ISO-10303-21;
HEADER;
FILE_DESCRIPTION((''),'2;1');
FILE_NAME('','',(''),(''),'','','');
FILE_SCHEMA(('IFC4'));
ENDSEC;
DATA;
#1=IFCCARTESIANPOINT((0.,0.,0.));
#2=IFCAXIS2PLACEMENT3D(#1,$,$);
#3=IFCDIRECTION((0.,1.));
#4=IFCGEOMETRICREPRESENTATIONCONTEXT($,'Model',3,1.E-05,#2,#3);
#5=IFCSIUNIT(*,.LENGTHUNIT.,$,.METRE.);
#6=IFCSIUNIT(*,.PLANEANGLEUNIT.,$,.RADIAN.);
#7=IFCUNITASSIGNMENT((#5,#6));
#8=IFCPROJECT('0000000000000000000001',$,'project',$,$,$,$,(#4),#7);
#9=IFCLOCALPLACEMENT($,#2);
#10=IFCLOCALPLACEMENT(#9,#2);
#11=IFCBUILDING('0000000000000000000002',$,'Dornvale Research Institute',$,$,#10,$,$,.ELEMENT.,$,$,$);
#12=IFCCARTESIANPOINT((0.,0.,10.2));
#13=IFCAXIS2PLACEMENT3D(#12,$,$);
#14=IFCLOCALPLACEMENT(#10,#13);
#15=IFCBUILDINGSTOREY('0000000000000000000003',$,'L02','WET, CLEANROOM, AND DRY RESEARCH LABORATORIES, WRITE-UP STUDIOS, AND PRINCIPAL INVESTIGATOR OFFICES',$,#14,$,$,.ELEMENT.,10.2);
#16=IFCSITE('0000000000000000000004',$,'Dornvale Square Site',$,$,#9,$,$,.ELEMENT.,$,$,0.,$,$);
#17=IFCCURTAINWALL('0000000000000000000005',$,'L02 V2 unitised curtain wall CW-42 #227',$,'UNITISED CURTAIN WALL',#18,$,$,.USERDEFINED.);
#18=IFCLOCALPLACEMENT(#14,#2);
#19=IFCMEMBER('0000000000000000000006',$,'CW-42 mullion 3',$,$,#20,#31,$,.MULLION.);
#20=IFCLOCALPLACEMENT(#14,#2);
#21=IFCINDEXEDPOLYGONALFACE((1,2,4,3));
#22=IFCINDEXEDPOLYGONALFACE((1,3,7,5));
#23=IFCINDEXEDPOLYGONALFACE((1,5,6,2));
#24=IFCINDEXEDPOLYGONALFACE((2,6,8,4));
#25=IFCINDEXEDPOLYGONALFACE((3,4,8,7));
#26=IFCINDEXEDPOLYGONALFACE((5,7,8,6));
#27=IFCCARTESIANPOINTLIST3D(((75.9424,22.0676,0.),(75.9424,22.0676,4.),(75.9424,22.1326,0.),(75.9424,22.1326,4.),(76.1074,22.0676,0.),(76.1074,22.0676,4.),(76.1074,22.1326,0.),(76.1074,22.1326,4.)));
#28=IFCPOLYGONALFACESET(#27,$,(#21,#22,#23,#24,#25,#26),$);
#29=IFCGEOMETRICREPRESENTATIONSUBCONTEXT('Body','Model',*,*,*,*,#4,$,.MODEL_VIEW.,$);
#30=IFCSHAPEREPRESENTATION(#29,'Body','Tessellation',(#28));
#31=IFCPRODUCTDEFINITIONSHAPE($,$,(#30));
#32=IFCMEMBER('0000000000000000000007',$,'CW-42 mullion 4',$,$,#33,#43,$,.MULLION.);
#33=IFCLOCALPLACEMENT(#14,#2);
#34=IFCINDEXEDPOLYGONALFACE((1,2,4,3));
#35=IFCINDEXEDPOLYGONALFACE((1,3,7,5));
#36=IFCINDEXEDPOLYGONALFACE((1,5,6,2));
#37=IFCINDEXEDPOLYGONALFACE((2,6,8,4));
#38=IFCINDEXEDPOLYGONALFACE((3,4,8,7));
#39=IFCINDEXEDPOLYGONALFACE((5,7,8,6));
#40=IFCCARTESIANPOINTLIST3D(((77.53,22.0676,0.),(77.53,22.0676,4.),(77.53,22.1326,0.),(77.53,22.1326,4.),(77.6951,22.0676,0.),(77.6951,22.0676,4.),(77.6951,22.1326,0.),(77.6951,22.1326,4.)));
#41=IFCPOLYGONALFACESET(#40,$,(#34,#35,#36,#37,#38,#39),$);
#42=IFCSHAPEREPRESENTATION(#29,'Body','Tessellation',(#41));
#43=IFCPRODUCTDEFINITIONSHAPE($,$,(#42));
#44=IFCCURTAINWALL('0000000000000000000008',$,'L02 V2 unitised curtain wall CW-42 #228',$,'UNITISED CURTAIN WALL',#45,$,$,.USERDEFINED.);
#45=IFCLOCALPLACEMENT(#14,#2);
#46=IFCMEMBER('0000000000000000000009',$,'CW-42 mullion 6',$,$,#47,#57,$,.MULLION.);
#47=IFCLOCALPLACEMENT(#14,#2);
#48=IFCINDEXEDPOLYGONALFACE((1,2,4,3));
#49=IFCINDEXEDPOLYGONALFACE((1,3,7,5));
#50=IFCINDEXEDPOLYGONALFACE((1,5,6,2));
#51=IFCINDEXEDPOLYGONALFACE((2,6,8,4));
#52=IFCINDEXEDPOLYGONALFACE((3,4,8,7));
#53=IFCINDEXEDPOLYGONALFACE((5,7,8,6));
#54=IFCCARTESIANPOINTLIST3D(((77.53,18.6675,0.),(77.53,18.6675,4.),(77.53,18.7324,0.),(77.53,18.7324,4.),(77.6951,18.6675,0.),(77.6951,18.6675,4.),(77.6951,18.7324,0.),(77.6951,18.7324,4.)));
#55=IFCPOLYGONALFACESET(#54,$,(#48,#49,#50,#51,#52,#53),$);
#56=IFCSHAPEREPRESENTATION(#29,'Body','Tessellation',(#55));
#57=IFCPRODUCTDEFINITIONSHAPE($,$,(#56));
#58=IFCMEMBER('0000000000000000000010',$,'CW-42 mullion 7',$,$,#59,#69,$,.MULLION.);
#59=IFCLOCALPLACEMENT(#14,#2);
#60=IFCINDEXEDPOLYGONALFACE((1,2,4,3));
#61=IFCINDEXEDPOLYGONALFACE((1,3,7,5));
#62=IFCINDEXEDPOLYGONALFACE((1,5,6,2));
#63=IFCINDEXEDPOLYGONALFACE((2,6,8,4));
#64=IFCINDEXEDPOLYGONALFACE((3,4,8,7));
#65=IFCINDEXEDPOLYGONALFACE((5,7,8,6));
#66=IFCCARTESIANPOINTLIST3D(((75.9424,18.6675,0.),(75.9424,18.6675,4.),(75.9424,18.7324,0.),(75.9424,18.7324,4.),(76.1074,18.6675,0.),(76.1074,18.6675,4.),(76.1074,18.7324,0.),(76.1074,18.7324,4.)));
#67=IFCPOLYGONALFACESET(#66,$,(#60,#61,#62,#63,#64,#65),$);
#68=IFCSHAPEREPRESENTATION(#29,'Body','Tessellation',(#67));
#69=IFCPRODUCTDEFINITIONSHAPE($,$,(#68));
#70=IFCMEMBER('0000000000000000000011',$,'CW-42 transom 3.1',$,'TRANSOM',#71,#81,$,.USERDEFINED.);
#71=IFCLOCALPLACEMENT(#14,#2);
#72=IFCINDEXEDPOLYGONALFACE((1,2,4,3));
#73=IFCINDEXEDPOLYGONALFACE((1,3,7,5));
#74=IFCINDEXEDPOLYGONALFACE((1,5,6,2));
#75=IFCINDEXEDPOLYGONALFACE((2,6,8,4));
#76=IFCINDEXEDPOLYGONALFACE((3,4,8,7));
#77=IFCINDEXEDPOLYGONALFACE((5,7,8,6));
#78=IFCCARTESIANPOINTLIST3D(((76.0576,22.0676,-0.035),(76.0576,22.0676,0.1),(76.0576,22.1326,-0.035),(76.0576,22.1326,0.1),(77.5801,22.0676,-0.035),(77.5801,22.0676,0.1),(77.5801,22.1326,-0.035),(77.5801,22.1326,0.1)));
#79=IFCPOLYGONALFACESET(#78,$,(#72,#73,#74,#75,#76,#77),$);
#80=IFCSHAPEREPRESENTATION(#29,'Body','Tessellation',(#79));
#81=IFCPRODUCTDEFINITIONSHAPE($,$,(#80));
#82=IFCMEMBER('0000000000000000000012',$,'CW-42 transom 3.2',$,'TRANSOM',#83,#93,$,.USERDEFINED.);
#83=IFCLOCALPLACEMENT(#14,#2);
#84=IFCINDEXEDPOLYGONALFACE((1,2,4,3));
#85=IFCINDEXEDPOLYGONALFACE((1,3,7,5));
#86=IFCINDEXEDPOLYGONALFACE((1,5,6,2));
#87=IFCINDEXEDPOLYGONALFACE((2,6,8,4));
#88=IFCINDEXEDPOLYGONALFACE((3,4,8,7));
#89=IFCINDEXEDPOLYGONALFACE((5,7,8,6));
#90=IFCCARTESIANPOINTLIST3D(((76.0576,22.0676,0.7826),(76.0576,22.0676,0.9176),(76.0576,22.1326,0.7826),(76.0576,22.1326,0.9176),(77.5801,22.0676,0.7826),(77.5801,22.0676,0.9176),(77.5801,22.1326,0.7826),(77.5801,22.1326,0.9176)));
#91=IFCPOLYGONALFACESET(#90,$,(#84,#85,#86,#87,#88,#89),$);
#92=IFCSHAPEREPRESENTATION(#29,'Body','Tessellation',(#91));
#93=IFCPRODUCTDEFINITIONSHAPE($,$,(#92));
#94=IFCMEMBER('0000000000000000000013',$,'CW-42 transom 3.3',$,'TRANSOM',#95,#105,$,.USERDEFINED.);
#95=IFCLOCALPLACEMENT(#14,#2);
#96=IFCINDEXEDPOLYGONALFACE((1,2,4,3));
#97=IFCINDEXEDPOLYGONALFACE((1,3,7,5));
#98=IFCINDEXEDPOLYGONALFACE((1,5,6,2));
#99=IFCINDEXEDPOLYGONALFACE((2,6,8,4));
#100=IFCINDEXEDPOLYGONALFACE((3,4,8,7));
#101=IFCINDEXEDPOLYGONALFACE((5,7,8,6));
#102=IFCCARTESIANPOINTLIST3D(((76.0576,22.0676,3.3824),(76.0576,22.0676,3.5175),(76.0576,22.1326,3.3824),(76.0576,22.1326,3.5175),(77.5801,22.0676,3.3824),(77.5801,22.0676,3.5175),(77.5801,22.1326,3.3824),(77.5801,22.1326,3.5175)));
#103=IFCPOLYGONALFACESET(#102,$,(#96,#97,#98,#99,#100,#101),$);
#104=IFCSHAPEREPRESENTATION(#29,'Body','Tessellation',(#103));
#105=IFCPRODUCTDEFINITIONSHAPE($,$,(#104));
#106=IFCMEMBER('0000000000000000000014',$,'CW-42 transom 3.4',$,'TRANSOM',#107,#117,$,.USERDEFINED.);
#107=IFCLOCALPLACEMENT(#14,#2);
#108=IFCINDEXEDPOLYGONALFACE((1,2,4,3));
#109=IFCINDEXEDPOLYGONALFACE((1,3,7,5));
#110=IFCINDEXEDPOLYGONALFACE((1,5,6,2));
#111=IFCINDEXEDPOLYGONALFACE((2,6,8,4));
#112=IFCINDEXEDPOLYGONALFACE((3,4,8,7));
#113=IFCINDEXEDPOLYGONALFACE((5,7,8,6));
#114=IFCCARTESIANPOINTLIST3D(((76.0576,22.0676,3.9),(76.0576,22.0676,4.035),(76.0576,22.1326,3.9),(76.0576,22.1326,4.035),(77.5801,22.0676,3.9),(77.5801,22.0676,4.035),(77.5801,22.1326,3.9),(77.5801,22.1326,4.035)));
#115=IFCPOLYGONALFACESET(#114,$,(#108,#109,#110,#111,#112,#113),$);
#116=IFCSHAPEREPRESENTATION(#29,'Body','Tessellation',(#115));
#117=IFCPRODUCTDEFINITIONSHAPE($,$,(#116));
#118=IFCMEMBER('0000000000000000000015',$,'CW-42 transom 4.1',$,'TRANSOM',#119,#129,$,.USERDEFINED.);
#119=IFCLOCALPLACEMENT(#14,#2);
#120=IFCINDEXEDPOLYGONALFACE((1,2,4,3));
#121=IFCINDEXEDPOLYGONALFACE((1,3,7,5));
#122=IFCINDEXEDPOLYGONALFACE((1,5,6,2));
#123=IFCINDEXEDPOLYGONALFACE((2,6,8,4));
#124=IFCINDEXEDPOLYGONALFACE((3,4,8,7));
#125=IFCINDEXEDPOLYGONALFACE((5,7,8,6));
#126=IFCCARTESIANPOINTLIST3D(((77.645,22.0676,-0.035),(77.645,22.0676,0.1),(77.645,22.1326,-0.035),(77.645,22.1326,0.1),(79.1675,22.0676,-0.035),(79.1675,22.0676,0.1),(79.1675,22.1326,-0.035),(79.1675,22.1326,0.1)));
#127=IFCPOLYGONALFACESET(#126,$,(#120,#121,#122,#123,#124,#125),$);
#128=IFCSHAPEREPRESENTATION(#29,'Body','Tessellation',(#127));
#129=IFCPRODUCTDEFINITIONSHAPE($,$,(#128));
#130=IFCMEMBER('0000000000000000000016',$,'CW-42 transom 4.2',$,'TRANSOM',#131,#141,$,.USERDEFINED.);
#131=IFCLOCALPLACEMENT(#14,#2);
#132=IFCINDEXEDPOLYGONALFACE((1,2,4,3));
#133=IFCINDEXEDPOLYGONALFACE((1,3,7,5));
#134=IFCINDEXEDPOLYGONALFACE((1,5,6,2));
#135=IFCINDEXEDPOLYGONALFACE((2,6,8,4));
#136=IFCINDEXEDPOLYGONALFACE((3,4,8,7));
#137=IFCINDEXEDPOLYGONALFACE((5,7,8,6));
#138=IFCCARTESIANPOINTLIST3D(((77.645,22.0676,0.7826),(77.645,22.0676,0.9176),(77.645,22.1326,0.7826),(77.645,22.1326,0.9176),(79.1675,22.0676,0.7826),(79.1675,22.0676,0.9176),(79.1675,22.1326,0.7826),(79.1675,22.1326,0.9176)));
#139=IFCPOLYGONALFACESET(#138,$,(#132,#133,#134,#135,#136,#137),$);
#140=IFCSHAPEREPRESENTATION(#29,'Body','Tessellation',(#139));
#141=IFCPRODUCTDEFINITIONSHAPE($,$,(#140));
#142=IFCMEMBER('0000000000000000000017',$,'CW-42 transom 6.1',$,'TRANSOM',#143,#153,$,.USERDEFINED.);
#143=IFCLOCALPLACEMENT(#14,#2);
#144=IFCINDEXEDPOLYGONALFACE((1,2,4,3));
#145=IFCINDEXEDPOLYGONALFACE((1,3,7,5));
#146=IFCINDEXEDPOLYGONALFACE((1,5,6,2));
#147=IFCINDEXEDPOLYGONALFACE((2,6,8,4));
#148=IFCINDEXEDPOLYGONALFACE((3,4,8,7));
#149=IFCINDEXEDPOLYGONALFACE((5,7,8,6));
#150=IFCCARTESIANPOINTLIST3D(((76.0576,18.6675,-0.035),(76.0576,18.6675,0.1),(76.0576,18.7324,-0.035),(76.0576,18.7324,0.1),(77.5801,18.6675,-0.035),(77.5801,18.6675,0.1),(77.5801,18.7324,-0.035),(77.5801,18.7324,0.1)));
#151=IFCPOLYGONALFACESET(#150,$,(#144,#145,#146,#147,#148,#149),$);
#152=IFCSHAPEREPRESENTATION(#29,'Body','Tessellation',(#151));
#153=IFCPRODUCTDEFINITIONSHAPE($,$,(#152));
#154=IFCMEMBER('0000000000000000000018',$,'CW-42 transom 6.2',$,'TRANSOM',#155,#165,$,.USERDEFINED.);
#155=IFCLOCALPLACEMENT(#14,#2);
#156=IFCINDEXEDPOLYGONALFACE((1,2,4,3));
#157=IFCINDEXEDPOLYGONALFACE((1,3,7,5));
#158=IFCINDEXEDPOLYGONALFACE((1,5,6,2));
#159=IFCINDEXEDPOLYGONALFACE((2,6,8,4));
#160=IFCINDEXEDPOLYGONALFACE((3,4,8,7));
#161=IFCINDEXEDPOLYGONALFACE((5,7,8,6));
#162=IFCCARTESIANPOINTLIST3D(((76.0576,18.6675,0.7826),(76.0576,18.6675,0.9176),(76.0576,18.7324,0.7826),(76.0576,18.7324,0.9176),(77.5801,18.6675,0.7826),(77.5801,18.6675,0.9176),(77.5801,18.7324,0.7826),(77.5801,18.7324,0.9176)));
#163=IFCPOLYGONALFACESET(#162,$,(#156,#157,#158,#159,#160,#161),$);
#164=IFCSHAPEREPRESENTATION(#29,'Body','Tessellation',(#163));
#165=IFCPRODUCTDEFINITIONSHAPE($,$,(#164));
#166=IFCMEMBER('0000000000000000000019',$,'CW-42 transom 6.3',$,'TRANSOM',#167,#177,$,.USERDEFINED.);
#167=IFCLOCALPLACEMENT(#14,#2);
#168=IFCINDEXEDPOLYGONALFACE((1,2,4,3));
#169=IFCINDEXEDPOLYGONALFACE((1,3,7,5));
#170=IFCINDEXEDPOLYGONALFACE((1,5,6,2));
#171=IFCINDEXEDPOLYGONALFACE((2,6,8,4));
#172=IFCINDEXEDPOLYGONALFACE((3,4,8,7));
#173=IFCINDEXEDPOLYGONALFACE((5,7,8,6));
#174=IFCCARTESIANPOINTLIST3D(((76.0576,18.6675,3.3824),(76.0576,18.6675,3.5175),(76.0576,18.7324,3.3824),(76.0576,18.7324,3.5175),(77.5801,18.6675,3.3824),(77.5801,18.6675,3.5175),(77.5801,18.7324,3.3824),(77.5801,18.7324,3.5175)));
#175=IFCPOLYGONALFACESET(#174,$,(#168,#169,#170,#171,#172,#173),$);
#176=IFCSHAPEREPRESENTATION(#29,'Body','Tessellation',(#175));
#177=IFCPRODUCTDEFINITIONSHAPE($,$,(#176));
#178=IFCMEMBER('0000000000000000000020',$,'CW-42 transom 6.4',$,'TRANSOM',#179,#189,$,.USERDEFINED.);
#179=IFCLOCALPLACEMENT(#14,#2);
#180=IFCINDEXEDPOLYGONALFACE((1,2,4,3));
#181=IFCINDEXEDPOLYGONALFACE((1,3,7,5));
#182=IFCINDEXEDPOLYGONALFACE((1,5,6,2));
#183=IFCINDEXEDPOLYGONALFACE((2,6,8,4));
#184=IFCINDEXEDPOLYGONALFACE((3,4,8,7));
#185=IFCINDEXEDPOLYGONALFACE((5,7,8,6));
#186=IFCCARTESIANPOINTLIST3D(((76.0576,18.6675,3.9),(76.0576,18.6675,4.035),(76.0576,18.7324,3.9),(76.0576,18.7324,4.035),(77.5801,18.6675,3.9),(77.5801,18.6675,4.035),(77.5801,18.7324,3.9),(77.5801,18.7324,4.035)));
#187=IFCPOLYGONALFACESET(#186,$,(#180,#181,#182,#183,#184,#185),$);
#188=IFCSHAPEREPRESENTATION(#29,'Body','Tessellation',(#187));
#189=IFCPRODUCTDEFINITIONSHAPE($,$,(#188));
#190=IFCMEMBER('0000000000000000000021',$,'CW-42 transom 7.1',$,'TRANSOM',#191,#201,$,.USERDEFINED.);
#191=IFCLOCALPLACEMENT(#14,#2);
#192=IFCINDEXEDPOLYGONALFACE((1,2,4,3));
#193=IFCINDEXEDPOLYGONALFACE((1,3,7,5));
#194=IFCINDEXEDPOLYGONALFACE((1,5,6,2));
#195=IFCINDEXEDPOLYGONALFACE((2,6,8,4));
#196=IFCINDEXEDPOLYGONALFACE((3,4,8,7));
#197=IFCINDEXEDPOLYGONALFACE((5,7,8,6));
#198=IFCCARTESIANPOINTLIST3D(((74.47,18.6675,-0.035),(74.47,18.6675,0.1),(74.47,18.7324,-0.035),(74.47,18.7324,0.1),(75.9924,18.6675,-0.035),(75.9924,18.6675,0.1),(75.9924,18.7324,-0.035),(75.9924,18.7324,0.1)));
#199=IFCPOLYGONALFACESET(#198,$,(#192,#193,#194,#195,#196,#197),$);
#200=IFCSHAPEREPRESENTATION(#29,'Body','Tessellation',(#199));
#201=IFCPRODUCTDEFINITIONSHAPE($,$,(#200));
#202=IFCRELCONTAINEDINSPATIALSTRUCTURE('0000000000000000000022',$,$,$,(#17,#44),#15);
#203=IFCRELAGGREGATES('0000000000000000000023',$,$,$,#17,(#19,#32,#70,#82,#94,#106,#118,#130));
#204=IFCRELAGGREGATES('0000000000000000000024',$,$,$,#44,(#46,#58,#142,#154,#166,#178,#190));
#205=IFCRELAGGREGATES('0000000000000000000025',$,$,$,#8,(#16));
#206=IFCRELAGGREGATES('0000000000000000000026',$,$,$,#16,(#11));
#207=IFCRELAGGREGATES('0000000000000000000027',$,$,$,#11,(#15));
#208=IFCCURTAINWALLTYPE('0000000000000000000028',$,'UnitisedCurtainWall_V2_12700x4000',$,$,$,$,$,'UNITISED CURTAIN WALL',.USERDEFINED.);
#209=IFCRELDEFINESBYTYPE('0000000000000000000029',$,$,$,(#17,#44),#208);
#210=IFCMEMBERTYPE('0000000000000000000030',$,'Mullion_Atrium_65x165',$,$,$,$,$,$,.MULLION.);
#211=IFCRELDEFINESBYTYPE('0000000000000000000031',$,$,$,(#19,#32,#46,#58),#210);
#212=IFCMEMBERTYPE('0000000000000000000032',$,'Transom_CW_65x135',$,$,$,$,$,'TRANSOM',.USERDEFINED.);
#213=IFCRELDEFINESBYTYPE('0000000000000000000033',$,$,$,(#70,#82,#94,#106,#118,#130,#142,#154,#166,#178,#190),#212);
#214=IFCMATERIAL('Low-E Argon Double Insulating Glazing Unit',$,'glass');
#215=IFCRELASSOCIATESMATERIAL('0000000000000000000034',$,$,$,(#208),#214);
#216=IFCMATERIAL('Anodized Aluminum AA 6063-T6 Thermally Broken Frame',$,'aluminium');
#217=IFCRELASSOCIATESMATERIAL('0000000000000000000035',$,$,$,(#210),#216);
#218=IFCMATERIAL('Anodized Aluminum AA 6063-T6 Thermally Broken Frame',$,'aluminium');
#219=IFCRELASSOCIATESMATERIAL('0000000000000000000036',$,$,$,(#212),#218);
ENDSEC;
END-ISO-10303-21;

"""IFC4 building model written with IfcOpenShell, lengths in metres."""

from ifc_helpers import new_model, si_unit, direction, frame, origin, origin_2d, place, context, subcontext, project, spatial, rectangle, extrude, material, material_profile, profile_set, type_object, element, aggregate, save


model = new_model("IFC4")

# Units and contexts
model_context = context("Model", 3, precision=1e-05, world=origin(), true_north=direction((0.0, 1.0)))
body_context = subcontext(model_context, "Body", "Model", "MODEL_VIEW")
ifc_project = project(units=[si_unit("LENGTHUNIT", "METRE"), si_unit("PLANEANGLEUNIT", "RADIAN")], contexts=[model_context])

# Site, building, storey
site_placement = place(None, origin())
site = spatial("IfcSite", under=ifc_project, at=site_placement, Name="Dornvale Square Site", CompositionType="ELEMENT", RefElevation=0.0)
building_placement = place(site_placement, origin())
building = spatial("IfcBuilding", under=site, at=building_placement, Name="Dornvale Research Institute", CompositionType="ELEMENT")
storey_placement = place(building_placement, frame((0.0, 0.0, 10.2)))
storey = spatial("IfcBuildingStorey", under=building, at=storey_placement, Name="L02", Description="WET, CLEANROOM, AND DRY RESEARCH LABORATORIES, WRITE-UP STUDIOS, AND PRINCIPAL INVESTIGATOR OFFICES", CompositionType="ELEMENT", Elevation=10.2)

# Curtain walls, members
ifc_material_1 = material(Name="Low-E Argon Double Insulating Glazing Unit", Category="glass")
curtain_wall_type = type_object("IfcCurtainWallType", Name="UnitisedCurtainWall_V2_12700x4000", ElementType="UNITISED CURTAIN WALL", PredefinedType="USERDEFINED", material=ifc_material_1)
curtain_wall_1_placement = place(storey_placement, origin())
curtain_wall_1 = element("IfcCurtainWall", 1, at=curtain_wall_1_placement, inside=storey, type_object=curtain_wall_type, Name="L02 V2 unitised curtain wall CW-42 #227", ObjectType="UNITISED CURTAIN WALL", PredefinedType="USERDEFINED")
ifc_material_2 = material(Name="Anodized Aluminum AA 6063-T6 Thermally Broken Frame", Category="aluminium")
ifc_material_profile_1 = material_profile(ifc_material_2, rectangle(XDim=0.0649, YDim=0.165, at=origin_2d()), Name="ALU MULLION 65x165")
ifc_profile_set_1 = profile_set([ifc_material_profile_1], Name="Anodized Aluminum AA 6063-T6 Thermally Broken Frame")
member_type_1 = type_object("IfcMemberType", Name="Mullion_Atrium_65x165", PredefinedType="MULLION", material=ifc_profile_set_1)
member_1_placement = place(storey_placement, frame((76.0249, 22.1001, 0.0), z_axis=(0.0, 0.0, 1.0), x_axis=(0.0, 1.0, 0.0)))
member_1 = element("IfcMember", 2, at=member_1_placement, type_object=member_type_1, Name="CW-42 mullion 3", PredefinedType="MULLION", context=body_context, shape_type="SweptSolid", body=[
    extrude(rectangle(XDim=0.0649, YDim=0.165, at=origin_2d()), origin(), (0.0, 0.0, 1.0), 4.0),
])
member_2_placement = place(storey_placement, frame((77.6125, 22.1001, 0.0), z_axis=(0.0, 0.0, 1.0), x_axis=(0.0, 1.0, 0.0)))
member_2 = element("IfcMember", 3, at=member_2_placement, type_object=member_type_1, Name="CW-42 mullion 4", PredefinedType="MULLION", context=body_context, shape_type="SweptSolid", body=[
    extrude(rectangle(XDim=0.0649, YDim=0.165, at=origin_2d()), origin(), (0.0, 0.0, 1.0), 4.0),
])
curtain_wall_2_placement = place(storey_placement, origin())
curtain_wall_2 = element("IfcCurtainWall", 4, at=curtain_wall_2_placement, inside=storey, type_object=curtain_wall_type, Name="L02 V2 unitised curtain wall CW-42 #228", ObjectType="UNITISED CURTAIN WALL", PredefinedType="USERDEFINED")
member_3_placement = place(storey_placement, frame((77.6125, 18.7, 0.0), z_axis=(0.0, 0.0, 1.0), x_axis=(0.0, -1.0, 0.0)))
member_3 = element("IfcMember", 5, at=member_3_placement, type_object=member_type_1, Name="CW-42 mullion 6", PredefinedType="MULLION", context=body_context, shape_type="SweptSolid", body=[
    extrude(rectangle(XDim=0.0649, YDim=0.165, at=origin_2d()), origin(), (0.0, 0.0, 1.0), 4.0),
])
member_4_placement = place(storey_placement, frame((76.0249, 18.7, 0.0), z_axis=(0.0, 0.0, 1.0), x_axis=(0.0, -1.0, 0.0)))
member_4 = element("IfcMember", 6, at=member_4_placement, type_object=member_type_1, Name="CW-42 mullion 7", PredefinedType="MULLION", context=body_context, shape_type="SweptSolid", body=[
    extrude(rectangle(XDim=0.0649, YDim=0.165, at=origin_2d()), origin(), (0.0, 0.0, 1.0), 4.0),
])

# Members
ifc_material_3 = material(Name="Anodized Aluminum AA 6063-T6 Thermally Broken Frame", Category="aluminium")
ifc_material_profile_2 = material_profile(ifc_material_3, rectangle(XDim=0.0649, YDim=0.135, at=origin_2d()), Name="ALU TRANSOM 65x135")
ifc_profile_set_2 = profile_set([ifc_material_profile_2], Name="Anodized Aluminum AA 6063-T6 Thermally Broken Frame")
member_type_2 = type_object("IfcMemberType", Name="Transom_CW_65x135", ElementType="TRANSOM", PredefinedType="USERDEFINED", material=ifc_profile_set_2)
member_5_placement = place(storey_placement, frame((76.0576, 22.1001, 0.0325), z_axis=(1.0, 0.0, 0.0), x_axis=(0.0, 1.0, 0.0)))
member_5 = element("IfcMember", 7, at=member_5_placement, type_object=member_type_2, Name="CW-42 transom 3.1", ObjectType="TRANSOM", PredefinedType="USERDEFINED", context=body_context, shape_type="SweptSolid", body=[
    extrude(rectangle(XDim=0.0649, YDim=0.135, at=origin_2d()), origin(), (0.0, 0.0, 1.0), 1.5225),
])
member_6_placement = place(storey_placement, frame((76.0576, 22.1001, 0.8501), z_axis=(1.0, 0.0, 0.0), x_axis=(0.0, 1.0, 0.0)))
member_6 = element("IfcMember", 8, at=member_6_placement, type_object=member_type_2, Name="CW-42 transom 3.2", ObjectType="TRANSOM", PredefinedType="USERDEFINED", context=body_context, shape_type="SweptSolid", body=[
    extrude(rectangle(XDim=0.0649, YDim=0.135, at=origin_2d()), origin(), (0.0, 0.0, 1.0), 1.5225),
])
member_7_placement = place(storey_placement, frame((76.0576, 22.1001, 3.45), z_axis=(1.0, 0.0, 0.0), x_axis=(0.0, 1.0, 0.0)))
member_7 = element("IfcMember", 9, at=member_7_placement, type_object=member_type_2, Name="CW-42 transom 3.3", ObjectType="TRANSOM", PredefinedType="USERDEFINED", context=body_context, shape_type="SweptSolid", body=[
    extrude(rectangle(XDim=0.0649, YDim=0.135, at=origin_2d()), origin(), (0.0, 0.0, 1.0), 1.5225),
])
member_8_placement = place(storey_placement, frame((76.0576, 22.1001, 3.9675), z_axis=(1.0, 0.0, 0.0), x_axis=(0.0, 1.0, 0.0)))
member_8 = element("IfcMember", 10, at=member_8_placement, type_object=member_type_2, Name="CW-42 transom 3.4", ObjectType="TRANSOM", PredefinedType="USERDEFINED", context=body_context, shape_type="SweptSolid", body=[
    extrude(rectangle(XDim=0.0649, YDim=0.135, at=origin_2d()), origin(), (0.0, 0.0, 1.0), 1.5225),
])
member_9_placement = place(storey_placement, frame((77.645, 22.1001, 0.0325), z_axis=(1.0, 0.0, 0.0), x_axis=(0.0, 1.0, 0.0)))
member_9 = element("IfcMember", 11, at=member_9_placement, type_object=member_type_2, Name="CW-42 transom 4.1", ObjectType="TRANSOM", PredefinedType="USERDEFINED", context=body_context, shape_type="SweptSolid", body=[
    extrude(rectangle(XDim=0.0649, YDim=0.135, at=origin_2d()), origin(), (0.0, 0.0, 1.0), 1.5225),
])
member_10_placement = place(storey_placement, frame((77.645, 22.1001, 0.8501), z_axis=(1.0, 0.0, 0.0), x_axis=(0.0, 1.0, 0.0)))
member_10 = element("IfcMember", 12, at=member_10_placement, type_object=member_type_2, Name="CW-42 transom 4.2", ObjectType="TRANSOM", PredefinedType="USERDEFINED", context=body_context, shape_type="SweptSolid", body=[
    extrude(rectangle(XDim=0.0649, YDim=0.135, at=origin_2d()), origin(), (0.0, 0.0, 1.0), 1.5225),
])
member_11_placement = place(storey_placement, frame((77.5801, 18.7, 0.0325), z_axis=(-1.0, 0.0, 0.0), x_axis=(0.0, -1.0, 0.0)))
member_11 = element("IfcMember", 13, at=member_11_placement, type_object=member_type_2, Name="CW-42 transom 6.1", ObjectType="TRANSOM", PredefinedType="USERDEFINED", context=body_context, shape_type="SweptSolid", body=[
    extrude(rectangle(XDim=0.0649, YDim=0.135, at=origin_2d()), origin(), (0.0, 0.0, 1.0), 1.5225),
])
member_12_placement = place(storey_placement, frame((77.5801, 18.7, 0.8501), z_axis=(-1.0, 0.0, 0.0), x_axis=(0.0, -1.0, 0.0)))
member_12 = element("IfcMember", 14, at=member_12_placement, type_object=member_type_2, Name="CW-42 transom 6.2", ObjectType="TRANSOM", PredefinedType="USERDEFINED", context=body_context, shape_type="SweptSolid", body=[
    extrude(rectangle(XDim=0.0649, YDim=0.135, at=origin_2d()), origin(), (0.0, 0.0, 1.0), 1.5225),
])
member_13_placement = place(storey_placement, frame((77.5801, 18.7, 3.45), z_axis=(-1.0, 0.0, 0.0), x_axis=(0.0, -1.0, 0.0)))
member_13 = element("IfcMember", 15, at=member_13_placement, type_object=member_type_2, Name="CW-42 transom 6.3", ObjectType="TRANSOM", PredefinedType="USERDEFINED", context=body_context, shape_type="SweptSolid", body=[
    extrude(rectangle(XDim=0.0649, YDim=0.135, at=origin_2d()), origin(), (0.0, 0.0, 1.0), 1.5225),
])
member_14_placement = place(storey_placement, frame((77.5801, 18.7, 3.9675), z_axis=(-1.0, 0.0, 0.0), x_axis=(0.0, -1.0, 0.0)))
member_14 = element("IfcMember", 16, at=member_14_placement, type_object=member_type_2, Name="CW-42 transom 6.4", ObjectType="TRANSOM", PredefinedType="USERDEFINED", context=body_context, shape_type="SweptSolid", body=[
    extrude(rectangle(XDim=0.0649, YDim=0.135, at=origin_2d()), origin(), (0.0, 0.0, 1.0), 1.5225),
])
member_15_placement = place(storey_placement, frame((75.9924, 18.7, 0.0325), z_axis=(-1.0, 0.0, 0.0), x_axis=(0.0, -1.0, 0.0)))
member_15 = element("IfcMember", 17, at=member_15_placement, type_object=member_type_2, Name="CW-42 transom 7.1", ObjectType="TRANSOM", PredefinedType="USERDEFINED", context=body_context, shape_type="SweptSolid", body=[
    extrude(rectangle(XDim=0.0649, YDim=0.135, at=origin_2d()), origin(), (0.0, 0.0, 1.0), 1.5225),
])

aggregate(curtain_wall_1, [member_1, member_2, member_5, member_6, member_7, member_8, member_9, member_10])
aggregate(curtain_wall_2, [member_3, member_4, member_11, member_12, member_13, member_14, member_15])

save(model, "model.ifc")
